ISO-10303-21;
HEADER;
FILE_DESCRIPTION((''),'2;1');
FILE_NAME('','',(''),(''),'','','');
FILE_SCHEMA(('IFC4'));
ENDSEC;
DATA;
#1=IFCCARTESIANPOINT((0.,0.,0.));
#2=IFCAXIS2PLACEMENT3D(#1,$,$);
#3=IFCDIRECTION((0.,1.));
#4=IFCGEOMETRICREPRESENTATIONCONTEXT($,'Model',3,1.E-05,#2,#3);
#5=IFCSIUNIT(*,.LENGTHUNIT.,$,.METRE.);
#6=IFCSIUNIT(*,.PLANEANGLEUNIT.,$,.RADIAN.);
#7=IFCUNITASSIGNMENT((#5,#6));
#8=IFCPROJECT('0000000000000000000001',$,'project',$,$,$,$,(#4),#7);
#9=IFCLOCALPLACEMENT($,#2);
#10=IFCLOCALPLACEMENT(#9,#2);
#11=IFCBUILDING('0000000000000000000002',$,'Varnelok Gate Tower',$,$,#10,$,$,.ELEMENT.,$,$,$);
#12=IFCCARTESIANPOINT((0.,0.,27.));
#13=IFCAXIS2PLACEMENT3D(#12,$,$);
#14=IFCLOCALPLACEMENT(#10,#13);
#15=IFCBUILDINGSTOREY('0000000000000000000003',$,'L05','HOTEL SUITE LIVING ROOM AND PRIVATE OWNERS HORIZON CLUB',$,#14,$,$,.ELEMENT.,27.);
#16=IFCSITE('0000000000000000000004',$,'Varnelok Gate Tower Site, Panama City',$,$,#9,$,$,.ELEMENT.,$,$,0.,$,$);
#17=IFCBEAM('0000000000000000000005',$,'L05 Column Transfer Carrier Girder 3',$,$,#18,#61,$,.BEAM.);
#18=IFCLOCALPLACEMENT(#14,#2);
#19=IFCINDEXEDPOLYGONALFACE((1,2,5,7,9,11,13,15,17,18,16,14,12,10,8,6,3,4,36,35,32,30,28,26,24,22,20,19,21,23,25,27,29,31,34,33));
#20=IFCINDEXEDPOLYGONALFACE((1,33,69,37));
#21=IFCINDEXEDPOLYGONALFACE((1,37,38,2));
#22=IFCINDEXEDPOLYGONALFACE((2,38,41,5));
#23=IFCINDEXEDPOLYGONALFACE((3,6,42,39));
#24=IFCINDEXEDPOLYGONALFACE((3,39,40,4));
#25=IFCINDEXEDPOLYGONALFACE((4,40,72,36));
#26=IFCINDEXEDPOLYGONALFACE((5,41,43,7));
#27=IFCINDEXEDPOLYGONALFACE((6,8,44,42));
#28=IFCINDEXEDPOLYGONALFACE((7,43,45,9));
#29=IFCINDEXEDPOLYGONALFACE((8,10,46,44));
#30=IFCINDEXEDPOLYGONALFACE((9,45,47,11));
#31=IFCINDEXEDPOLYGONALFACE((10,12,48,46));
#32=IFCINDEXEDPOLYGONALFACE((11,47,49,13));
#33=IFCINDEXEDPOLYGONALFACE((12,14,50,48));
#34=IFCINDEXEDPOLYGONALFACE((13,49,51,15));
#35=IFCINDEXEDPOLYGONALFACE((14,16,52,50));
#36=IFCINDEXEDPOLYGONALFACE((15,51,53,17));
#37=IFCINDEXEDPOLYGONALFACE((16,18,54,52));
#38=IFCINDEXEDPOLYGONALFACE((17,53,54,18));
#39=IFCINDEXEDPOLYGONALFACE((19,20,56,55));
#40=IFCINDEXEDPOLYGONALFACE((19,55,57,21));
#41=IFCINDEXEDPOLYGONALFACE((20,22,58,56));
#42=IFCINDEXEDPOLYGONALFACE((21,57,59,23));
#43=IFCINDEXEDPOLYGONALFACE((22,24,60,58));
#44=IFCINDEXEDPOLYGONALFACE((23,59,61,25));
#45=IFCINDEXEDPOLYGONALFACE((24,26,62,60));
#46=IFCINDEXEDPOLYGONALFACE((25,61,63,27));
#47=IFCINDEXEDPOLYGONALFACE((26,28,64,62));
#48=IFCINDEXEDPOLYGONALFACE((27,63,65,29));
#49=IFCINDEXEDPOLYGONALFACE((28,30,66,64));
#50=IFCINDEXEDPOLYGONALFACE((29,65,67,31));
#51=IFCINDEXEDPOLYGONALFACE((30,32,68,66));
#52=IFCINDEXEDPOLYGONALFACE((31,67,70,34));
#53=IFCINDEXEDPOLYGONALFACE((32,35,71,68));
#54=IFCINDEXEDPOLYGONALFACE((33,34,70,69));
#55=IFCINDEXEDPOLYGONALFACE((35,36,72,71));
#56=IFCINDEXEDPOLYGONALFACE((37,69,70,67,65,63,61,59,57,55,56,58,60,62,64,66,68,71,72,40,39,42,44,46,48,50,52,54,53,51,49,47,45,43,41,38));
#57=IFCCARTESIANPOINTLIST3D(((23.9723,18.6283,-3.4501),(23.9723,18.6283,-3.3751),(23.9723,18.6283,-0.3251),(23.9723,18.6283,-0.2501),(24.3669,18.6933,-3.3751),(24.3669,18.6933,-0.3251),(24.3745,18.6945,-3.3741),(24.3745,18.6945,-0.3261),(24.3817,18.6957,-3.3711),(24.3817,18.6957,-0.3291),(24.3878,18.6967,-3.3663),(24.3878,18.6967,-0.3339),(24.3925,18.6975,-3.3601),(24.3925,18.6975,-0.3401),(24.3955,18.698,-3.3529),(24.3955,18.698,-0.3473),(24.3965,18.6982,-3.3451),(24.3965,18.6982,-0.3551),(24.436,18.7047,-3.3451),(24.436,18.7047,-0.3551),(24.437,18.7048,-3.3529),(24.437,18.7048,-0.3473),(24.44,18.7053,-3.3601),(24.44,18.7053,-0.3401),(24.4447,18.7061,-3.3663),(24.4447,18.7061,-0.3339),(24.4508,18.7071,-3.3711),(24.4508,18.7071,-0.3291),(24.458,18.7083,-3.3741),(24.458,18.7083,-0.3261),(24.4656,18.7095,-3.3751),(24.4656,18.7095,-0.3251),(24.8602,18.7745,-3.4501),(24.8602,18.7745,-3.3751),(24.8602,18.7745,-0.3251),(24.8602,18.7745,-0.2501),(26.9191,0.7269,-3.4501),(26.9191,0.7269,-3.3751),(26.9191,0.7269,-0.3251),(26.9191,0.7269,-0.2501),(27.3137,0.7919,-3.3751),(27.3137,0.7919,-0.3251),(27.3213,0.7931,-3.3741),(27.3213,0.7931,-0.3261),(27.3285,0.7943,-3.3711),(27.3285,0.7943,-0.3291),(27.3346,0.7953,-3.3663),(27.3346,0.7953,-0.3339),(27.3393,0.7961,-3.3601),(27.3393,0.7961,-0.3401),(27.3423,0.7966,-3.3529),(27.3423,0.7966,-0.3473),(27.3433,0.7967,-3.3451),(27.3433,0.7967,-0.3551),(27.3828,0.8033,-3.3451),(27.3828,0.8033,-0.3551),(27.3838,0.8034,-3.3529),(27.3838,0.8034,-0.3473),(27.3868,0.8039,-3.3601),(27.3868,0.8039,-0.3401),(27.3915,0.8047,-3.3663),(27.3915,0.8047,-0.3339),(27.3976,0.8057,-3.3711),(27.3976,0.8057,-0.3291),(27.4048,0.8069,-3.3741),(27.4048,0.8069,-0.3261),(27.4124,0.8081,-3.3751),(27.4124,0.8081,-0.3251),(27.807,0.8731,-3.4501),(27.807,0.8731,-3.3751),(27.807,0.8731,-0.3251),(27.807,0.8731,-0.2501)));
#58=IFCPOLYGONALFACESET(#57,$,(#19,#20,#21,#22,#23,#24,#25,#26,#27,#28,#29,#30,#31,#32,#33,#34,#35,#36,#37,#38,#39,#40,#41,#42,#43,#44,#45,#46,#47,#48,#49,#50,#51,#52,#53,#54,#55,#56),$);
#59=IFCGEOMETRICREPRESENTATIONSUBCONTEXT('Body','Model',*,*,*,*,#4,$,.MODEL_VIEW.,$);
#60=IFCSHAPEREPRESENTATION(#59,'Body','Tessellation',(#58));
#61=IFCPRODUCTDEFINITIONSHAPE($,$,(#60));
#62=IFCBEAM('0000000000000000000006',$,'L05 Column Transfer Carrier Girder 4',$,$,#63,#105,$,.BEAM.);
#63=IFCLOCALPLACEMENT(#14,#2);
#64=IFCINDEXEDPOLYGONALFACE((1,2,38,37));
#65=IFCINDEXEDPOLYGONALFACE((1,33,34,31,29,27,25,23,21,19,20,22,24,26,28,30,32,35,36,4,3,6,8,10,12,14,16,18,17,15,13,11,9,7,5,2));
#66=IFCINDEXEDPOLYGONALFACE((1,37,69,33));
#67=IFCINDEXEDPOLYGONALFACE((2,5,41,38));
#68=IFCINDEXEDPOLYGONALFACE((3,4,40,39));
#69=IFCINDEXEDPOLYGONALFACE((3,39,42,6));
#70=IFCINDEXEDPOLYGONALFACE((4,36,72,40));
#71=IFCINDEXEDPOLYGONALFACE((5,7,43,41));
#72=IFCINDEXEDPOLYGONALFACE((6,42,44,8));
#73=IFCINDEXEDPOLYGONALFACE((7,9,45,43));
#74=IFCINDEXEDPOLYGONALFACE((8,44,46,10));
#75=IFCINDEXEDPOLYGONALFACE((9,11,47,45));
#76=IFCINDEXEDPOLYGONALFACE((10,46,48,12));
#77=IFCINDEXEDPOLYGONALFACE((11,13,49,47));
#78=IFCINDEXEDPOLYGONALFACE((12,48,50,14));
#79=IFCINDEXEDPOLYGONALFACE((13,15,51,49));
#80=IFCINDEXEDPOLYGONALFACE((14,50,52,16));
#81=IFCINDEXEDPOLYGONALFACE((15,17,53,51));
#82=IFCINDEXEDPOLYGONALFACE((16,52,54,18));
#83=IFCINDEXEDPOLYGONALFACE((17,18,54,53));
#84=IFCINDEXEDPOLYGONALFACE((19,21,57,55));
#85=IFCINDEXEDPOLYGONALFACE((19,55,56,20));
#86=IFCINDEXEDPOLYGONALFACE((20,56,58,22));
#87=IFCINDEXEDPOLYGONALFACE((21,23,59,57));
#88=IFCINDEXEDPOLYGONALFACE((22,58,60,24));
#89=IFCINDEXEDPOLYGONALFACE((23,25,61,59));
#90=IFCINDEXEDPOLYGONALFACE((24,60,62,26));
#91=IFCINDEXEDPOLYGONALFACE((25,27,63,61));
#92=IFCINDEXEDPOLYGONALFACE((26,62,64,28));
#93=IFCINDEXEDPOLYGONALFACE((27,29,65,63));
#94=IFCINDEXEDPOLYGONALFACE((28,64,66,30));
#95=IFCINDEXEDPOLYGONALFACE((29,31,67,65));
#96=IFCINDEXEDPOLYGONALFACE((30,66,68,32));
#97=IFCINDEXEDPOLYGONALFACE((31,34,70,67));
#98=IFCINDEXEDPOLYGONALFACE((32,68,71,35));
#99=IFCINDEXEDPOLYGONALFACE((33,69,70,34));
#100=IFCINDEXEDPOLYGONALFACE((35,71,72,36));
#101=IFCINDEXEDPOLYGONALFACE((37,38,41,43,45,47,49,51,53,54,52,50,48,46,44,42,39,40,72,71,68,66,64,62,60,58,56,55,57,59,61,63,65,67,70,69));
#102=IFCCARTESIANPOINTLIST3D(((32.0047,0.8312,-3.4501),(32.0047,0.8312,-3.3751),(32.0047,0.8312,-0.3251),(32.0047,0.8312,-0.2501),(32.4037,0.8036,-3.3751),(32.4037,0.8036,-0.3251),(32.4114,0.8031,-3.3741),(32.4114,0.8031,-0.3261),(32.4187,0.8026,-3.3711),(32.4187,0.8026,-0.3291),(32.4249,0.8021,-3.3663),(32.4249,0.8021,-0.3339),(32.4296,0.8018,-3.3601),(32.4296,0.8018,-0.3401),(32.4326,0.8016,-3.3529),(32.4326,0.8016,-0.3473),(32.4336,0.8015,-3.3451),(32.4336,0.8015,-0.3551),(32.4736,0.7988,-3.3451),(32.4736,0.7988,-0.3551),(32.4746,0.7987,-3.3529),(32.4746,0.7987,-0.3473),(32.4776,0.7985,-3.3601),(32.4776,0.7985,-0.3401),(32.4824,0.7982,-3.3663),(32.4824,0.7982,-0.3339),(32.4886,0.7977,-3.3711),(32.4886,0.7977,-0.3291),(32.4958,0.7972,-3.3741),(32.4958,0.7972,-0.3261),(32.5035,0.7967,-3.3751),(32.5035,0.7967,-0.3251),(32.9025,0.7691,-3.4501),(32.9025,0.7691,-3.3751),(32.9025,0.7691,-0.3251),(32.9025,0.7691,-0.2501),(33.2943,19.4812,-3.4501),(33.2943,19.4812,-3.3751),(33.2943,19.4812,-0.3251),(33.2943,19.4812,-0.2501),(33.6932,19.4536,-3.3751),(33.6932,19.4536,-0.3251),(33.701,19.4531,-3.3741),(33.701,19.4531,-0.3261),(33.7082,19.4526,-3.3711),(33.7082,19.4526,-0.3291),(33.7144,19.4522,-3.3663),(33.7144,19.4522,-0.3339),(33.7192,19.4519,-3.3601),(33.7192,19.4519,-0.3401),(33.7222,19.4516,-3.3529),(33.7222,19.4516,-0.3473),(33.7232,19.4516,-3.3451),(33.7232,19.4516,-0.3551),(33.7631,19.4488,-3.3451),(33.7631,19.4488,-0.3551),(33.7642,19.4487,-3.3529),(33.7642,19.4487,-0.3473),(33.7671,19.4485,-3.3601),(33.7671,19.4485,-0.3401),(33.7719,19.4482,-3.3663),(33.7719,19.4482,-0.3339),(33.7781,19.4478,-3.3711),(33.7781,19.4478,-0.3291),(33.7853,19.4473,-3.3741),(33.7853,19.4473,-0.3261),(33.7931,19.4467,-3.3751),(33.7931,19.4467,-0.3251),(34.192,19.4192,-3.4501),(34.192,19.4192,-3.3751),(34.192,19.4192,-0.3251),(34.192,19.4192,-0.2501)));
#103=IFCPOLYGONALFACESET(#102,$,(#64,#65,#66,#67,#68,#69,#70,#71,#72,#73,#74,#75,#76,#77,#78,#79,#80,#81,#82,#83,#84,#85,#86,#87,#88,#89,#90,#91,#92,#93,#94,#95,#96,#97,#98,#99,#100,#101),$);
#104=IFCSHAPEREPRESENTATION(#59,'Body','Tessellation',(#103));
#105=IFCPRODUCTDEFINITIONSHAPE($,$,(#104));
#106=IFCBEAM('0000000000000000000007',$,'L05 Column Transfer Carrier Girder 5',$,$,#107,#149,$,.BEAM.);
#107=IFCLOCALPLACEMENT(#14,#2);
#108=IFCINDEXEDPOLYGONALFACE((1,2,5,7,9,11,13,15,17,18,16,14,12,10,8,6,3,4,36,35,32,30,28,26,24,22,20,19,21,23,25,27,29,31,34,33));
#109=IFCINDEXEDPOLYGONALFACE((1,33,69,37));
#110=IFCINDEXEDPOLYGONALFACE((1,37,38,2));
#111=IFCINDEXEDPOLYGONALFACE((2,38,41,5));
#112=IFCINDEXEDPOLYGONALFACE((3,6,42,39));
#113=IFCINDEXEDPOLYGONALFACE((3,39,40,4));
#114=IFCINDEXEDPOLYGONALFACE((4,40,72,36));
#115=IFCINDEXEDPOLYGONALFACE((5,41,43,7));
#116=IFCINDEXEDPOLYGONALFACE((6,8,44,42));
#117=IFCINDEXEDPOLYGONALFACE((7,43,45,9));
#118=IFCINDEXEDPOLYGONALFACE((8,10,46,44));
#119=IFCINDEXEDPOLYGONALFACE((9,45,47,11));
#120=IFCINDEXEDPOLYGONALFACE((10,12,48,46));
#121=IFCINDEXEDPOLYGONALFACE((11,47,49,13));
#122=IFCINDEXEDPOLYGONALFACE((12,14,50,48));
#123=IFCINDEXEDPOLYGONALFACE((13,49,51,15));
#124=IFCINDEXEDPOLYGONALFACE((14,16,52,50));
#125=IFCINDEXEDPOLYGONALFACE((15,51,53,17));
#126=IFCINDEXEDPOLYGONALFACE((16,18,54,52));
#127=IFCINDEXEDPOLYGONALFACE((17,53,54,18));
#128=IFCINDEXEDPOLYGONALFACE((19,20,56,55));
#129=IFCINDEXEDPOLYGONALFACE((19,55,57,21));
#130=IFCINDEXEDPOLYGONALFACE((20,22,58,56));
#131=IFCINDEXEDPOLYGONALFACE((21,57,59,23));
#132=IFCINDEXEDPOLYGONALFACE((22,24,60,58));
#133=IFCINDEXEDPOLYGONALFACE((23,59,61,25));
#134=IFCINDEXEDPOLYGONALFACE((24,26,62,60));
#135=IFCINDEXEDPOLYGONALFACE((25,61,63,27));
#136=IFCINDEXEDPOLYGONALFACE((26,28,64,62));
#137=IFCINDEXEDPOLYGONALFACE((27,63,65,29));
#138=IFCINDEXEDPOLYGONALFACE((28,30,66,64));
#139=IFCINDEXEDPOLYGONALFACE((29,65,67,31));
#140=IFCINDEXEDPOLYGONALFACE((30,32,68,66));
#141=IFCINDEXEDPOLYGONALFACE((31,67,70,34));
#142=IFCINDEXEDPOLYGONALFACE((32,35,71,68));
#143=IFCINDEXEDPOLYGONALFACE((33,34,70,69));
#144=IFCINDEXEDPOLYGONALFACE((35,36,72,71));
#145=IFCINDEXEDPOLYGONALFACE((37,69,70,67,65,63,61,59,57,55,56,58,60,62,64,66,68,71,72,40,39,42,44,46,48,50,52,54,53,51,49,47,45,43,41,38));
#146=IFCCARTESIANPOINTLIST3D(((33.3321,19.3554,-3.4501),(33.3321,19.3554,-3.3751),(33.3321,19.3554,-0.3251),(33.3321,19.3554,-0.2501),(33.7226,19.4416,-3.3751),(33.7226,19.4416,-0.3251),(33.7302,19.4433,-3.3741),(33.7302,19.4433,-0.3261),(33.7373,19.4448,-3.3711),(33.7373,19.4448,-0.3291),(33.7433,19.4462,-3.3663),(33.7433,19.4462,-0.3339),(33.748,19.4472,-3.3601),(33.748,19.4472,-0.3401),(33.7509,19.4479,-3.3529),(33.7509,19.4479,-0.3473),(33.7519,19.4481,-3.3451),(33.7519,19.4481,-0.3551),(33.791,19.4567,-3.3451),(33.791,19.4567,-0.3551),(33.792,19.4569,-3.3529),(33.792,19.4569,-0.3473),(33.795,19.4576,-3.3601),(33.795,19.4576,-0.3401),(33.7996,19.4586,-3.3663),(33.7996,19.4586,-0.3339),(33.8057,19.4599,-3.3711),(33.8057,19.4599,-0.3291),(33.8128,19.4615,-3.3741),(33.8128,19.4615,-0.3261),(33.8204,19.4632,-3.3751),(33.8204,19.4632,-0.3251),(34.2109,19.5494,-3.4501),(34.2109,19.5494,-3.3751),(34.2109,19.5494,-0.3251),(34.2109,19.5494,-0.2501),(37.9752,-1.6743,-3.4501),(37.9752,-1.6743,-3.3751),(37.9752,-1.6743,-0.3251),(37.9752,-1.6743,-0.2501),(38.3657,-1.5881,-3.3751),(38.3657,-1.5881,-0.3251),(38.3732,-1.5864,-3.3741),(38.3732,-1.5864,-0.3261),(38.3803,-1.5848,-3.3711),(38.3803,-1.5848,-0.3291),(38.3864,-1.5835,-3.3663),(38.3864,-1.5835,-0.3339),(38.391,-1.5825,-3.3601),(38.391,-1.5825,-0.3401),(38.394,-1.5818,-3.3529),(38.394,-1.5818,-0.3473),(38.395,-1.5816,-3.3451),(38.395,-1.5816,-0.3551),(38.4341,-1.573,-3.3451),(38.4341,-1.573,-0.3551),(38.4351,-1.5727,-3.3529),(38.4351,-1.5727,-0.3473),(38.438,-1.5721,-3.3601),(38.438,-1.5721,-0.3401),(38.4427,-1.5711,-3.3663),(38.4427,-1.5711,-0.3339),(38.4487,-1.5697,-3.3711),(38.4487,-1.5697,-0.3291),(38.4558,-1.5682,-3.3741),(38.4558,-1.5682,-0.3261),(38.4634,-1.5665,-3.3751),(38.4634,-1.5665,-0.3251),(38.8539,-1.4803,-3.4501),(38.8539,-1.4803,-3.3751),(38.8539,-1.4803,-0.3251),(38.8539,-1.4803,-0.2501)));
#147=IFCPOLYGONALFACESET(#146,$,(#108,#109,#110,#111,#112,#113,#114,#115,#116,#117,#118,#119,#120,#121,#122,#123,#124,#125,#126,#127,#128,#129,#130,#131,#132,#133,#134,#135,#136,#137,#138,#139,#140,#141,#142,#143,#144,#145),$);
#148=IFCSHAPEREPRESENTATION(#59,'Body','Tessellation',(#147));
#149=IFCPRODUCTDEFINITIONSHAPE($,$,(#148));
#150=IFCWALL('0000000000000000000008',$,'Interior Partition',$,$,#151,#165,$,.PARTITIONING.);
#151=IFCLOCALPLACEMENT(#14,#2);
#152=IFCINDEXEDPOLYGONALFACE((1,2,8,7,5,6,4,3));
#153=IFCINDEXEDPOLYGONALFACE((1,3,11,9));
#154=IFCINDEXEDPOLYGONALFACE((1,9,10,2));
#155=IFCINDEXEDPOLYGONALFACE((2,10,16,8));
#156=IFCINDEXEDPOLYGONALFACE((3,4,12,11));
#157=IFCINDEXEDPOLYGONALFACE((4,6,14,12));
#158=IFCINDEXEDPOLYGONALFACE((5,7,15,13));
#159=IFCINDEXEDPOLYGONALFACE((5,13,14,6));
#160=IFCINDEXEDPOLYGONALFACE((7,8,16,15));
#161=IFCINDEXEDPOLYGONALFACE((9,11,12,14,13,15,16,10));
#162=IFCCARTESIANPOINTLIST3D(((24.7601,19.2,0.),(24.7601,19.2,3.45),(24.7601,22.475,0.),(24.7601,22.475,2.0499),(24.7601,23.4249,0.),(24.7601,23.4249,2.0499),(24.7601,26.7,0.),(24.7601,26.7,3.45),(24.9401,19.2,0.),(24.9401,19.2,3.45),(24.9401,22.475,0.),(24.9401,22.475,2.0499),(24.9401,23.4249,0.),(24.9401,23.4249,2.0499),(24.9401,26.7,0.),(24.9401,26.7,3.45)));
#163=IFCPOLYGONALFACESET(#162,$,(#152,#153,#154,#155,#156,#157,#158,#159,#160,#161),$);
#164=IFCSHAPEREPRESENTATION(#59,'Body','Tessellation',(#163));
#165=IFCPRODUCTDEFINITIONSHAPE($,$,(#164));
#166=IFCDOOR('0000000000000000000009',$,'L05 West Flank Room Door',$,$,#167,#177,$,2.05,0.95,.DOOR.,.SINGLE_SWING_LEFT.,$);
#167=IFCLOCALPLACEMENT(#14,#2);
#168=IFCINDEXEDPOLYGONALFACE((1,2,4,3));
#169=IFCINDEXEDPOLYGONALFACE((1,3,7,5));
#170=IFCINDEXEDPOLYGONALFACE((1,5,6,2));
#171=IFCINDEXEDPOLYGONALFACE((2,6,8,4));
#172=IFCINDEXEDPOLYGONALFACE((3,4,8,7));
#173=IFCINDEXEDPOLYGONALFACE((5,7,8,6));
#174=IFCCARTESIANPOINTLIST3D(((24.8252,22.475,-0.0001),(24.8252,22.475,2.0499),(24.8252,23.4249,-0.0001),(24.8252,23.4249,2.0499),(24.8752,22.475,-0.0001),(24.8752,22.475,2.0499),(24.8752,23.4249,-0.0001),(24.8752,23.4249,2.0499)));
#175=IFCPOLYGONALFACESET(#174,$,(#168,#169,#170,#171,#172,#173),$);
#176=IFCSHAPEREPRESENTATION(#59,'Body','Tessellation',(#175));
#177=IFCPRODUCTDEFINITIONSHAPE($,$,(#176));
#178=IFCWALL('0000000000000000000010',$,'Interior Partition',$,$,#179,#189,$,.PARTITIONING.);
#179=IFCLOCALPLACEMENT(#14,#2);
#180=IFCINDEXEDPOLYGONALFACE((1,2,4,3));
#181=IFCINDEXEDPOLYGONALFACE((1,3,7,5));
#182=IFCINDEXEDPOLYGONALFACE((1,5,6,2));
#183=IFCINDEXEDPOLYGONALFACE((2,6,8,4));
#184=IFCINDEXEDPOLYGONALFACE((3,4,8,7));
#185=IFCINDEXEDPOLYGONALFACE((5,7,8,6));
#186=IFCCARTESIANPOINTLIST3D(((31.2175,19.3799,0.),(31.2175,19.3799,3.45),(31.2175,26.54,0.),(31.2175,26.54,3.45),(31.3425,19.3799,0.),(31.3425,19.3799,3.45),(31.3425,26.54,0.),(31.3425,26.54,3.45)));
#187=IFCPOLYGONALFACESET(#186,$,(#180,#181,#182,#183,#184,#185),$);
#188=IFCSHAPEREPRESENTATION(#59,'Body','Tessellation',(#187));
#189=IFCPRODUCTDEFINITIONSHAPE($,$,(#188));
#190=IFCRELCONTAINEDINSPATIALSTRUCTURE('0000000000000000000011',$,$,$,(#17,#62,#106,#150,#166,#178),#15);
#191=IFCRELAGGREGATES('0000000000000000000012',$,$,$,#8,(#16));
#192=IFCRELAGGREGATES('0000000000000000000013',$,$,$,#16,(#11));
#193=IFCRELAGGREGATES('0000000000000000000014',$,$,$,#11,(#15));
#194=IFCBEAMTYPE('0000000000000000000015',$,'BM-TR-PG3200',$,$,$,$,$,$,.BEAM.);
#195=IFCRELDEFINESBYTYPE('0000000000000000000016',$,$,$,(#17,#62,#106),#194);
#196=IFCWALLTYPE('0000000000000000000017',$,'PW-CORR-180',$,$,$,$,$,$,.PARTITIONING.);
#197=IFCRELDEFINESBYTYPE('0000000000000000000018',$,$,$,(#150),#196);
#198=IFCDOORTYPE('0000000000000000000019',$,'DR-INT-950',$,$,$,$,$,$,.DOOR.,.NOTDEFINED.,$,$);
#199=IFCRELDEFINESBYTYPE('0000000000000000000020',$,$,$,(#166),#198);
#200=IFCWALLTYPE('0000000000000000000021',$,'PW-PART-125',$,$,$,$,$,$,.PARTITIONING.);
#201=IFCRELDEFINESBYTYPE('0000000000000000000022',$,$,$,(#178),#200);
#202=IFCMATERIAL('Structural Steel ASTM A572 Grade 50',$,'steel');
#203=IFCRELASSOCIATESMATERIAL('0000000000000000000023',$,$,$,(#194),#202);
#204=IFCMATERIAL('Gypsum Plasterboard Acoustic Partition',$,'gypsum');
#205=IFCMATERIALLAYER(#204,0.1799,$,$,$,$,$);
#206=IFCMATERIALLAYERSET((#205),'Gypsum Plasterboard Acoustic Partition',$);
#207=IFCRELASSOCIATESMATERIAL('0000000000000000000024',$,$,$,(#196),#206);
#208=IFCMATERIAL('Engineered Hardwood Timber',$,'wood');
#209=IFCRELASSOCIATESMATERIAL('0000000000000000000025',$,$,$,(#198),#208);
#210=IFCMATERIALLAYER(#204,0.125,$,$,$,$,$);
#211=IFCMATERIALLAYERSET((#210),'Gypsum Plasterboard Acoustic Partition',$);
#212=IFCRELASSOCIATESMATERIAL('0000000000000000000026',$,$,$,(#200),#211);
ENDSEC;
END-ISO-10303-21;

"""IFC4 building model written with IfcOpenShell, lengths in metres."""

from ifc_helpers import new_model, si_unit, direction, frame, frame_2d, origin, origin_2d, place, context, subcontext, project, spatial, rectangle, i_section, extrude, material, layer, layer_set, material_profile, profile_set, type_object, element, fill, save


model = new_model("IFC4")

# Units and contexts
model_context = context("Model", 3, precision=1e-05, world=origin(), true_north=direction((0.0, 1.0)))
body_context = subcontext(model_context, "Body", "Model", "MODEL_VIEW")
ifc_project = project(units=[si_unit("LENGTHUNIT", "METRE"), si_unit("PLANEANGLEUNIT", "RADIAN")], contexts=[model_context])

# Site, building, storey
site_placement = place(None, origin())
site = spatial("IfcSite", under=ifc_project, at=site_placement, Name="Varnelok Gate Tower Site, Panama City", CompositionType="ELEMENT", RefElevation=0.0)
building_placement = place(site_placement, origin())
building = spatial("IfcBuilding", under=site, at=building_placement, Name="Varnelok Gate Tower", CompositionType="ELEMENT")
storey_placement = place(building_placement, frame((0.0, 0.0, 27.0)))
storey = spatial("IfcBuildingStorey", under=building, at=storey_placement, Name="L05", Description="HOTEL SUITE LIVING ROOM AND PRIVATE OWNERS HORIZON CLUB", CompositionType="ELEMENT", Elevation=27.0)

# Beams
ifc_material_1 = material(Name="Structural Steel ASTM A572 Grade 50", Category="steel")
ifc_material_profile_1 = material_profile(ifc_material_1, i_section(OverallWidth=0.8999, OverallDepth=3.2, WebThickness=0.04, FlangeThickness=0.075, FilletRadius=0.03, at=origin_2d()), Name="PG3200X900")
ifc_profile_set_1 = profile_set([ifc_material_profile_1], Name="Structural Steel ASTM A572 Grade 50")
beam_type_1 = type_object("IfcBeamType", Name="BM-TR-PG3200", PredefinedType="BEAM", material=ifc_profile_set_1)
beam_1_placement = place(storey_placement, frame((24.4163, 18.7014, -1.8501), z_axis=(0.162426, -0.986721, 0.0), x_axis=(0.986721, 0.162426, 0.0)))
element("IfcBeam", 1, at=beam_1_placement, inside=storey, type_object=beam_type_1, Name="L05 Column Transfer Carrier Girder 3", PredefinedType="BEAM", context=body_context, shape_type="SweptSolid", body=[
    extrude(i_section(OverallWidth=0.8999, OverallDepth=3.2, WebThickness=0.04, FlangeThickness=0.075, FilletRadius=0.03, at=origin_2d()), origin(), (0.0, 0.0, 1.0), 18.1423),
])
beam_2_placement = place(storey_placement, frame((33.7432, 19.4502, -1.8501), z_axis=(-0.06898, -0.997618, 0.0), x_axis=(0.997618, -0.06898, 0.0)))
element("IfcBeam", 2, at=beam_2_placement, inside=storey, type_object=beam_type_1, Name="L05 Column Transfer Carrier Girder 4", PredefinedType="BEAM", context=body_context, shape_type="SweptSolid", body=[
    extrude(i_section(OverallWidth=0.8999, OverallDepth=3.2, WebThickness=0.04, FlangeThickness=0.075, FilletRadius=0.03, at=origin_2d()), origin(), (0.0, 0.0, 1.0), 18.6946),
])
beam_3_placement = place(storey_placement, frame((33.7715, 19.4524, -1.8501), z_axis=(0.215593, -0.976483, 0.0), x_axis=(0.976483, 0.215593, 0.0)))
element("IfcBeam", 3, at=beam_3_placement, inside=storey, type_object=beam_type_1, Name="L05 Column Transfer Carrier Girder 5", PredefinedType="BEAM", context=body_context, shape_type="SweptSolid", body=[
    extrude(i_section(OverallWidth=0.8999, OverallDepth=3.2, WebThickness=0.04, FlangeThickness=0.075, FilletRadius=0.03, at=origin_2d()), origin(), (0.0, 0.0, 1.0), 21.5361),
])

# Wall, opening, door
ifc_material_2 = material(Name="Gypsum Plasterboard Acoustic Partition", Category="gypsum")
ifc_layer_1 = layer(ifc_material_2, 0.1799)
ifc_layer_set_1 = layer_set([ifc_layer_1], Name="Gypsum Plasterboard Acoustic Partition")
wall_type_1 = type_object("IfcWallType", Name="PW-CORR-180", PredefinedType="PARTITIONING", material=ifc_layer_set_1)
wall_1_placement = place(storey_placement, frame((24.8501, 19.2, 0.0), z_axis=(0.0, 0.0, 1.0), x_axis=(0.0, 1.0, 0.0)))
wall_1 = element("IfcWall", 4, at=wall_1_placement, inside=storey, type_object=wall_type_1, Name="Interior Partition", PredefinedType="PARTITIONING", context=body_context, shape_type="SweptSolid", body=[
    extrude(rectangle(XDim=7.5, YDim=0.1799, at=frame_2d((3.75, 0.0))), origin(), (0.0, 0.0, 1.0), 3.45),
])
opening_1_placement = place(wall_1_placement, frame((3.2749, 0.0, 0.0)))
opening_1 = element("IfcOpeningElement", 5, at=opening_1_placement, cuts=wall_1, PredefinedType="OPENING", context=body_context, shape_type="SweptSolid", body=[
    extrude(rectangle(XDim=0.95, YDim=2.05, at=frame_2d((0.4751, 1.0249))), frame((0.0, 0.0999, 0.0), z_axis=(0.0, -1.0, 0.0), x_axis=(1.0, 0.0, 0.0)), (0.0, 0.0, 1.0), 0.2),
])
ifc_material_3 = material(Name="Engineered Hardwood Timber", Category="wood")
door_type_1 = type_object("IfcDoorType", Name="DR-INT-950", OperationType="NOTDEFINED", PredefinedType="DOOR", material=ifc_material_3)
door_1_placement = place(opening_1_placement, origin())
door_1 = element("IfcDoor", 6, at=door_1_placement, inside=storey, type_object=door_type_1, Name="L05 West Flank Room Door", OperationType="SINGLE_SWING_LEFT", OverallHeight=2.05, OverallWidth=0.95, PredefinedType="DOOR", context=body_context, shape_type="SweptSolid", body=[
    extrude(rectangle(XDim=0.95, YDim=2.05, at=frame_2d((0.4751, 1.0249))), frame((0.0, 0.0249, 0.0), z_axis=(0.0, -1.0, 0.0), x_axis=(1.0, 0.0, 0.0)), (0.0, 0.0, 1.0), 0.05),
])
fill(opening_1, door_1)

# Wall
ifc_layer_2 = layer(ifc_material_2, 0.125)
ifc_layer_set_2 = layer_set([ifc_layer_2], Name="Gypsum Plasterboard Acoustic Partition")
wall_type_2 = type_object("IfcWallType", Name="PW-PART-125", PredefinedType="PARTITIONING", material=ifc_layer_set_2)
wall_2_placement = place(storey_placement, frame((31.28, 19.3799, 0.0), z_axis=(0.0, 0.0, 1.0), x_axis=(0.0, 1.0, 0.0)))
element("IfcWall", 7, at=wall_2_placement, inside=storey, type_object=wall_type_2, Name="Interior Partition", PredefinedType="PARTITIONING", context=body_context, shape_type="SweptSolid", body=[
    extrude(rectangle(XDim=7.1602, YDim=0.125, at=frame_2d((3.5801, 0.0))), origin(), (0.0, 0.0, 1.0), 3.45),
])

save(model, "model.ifc")
